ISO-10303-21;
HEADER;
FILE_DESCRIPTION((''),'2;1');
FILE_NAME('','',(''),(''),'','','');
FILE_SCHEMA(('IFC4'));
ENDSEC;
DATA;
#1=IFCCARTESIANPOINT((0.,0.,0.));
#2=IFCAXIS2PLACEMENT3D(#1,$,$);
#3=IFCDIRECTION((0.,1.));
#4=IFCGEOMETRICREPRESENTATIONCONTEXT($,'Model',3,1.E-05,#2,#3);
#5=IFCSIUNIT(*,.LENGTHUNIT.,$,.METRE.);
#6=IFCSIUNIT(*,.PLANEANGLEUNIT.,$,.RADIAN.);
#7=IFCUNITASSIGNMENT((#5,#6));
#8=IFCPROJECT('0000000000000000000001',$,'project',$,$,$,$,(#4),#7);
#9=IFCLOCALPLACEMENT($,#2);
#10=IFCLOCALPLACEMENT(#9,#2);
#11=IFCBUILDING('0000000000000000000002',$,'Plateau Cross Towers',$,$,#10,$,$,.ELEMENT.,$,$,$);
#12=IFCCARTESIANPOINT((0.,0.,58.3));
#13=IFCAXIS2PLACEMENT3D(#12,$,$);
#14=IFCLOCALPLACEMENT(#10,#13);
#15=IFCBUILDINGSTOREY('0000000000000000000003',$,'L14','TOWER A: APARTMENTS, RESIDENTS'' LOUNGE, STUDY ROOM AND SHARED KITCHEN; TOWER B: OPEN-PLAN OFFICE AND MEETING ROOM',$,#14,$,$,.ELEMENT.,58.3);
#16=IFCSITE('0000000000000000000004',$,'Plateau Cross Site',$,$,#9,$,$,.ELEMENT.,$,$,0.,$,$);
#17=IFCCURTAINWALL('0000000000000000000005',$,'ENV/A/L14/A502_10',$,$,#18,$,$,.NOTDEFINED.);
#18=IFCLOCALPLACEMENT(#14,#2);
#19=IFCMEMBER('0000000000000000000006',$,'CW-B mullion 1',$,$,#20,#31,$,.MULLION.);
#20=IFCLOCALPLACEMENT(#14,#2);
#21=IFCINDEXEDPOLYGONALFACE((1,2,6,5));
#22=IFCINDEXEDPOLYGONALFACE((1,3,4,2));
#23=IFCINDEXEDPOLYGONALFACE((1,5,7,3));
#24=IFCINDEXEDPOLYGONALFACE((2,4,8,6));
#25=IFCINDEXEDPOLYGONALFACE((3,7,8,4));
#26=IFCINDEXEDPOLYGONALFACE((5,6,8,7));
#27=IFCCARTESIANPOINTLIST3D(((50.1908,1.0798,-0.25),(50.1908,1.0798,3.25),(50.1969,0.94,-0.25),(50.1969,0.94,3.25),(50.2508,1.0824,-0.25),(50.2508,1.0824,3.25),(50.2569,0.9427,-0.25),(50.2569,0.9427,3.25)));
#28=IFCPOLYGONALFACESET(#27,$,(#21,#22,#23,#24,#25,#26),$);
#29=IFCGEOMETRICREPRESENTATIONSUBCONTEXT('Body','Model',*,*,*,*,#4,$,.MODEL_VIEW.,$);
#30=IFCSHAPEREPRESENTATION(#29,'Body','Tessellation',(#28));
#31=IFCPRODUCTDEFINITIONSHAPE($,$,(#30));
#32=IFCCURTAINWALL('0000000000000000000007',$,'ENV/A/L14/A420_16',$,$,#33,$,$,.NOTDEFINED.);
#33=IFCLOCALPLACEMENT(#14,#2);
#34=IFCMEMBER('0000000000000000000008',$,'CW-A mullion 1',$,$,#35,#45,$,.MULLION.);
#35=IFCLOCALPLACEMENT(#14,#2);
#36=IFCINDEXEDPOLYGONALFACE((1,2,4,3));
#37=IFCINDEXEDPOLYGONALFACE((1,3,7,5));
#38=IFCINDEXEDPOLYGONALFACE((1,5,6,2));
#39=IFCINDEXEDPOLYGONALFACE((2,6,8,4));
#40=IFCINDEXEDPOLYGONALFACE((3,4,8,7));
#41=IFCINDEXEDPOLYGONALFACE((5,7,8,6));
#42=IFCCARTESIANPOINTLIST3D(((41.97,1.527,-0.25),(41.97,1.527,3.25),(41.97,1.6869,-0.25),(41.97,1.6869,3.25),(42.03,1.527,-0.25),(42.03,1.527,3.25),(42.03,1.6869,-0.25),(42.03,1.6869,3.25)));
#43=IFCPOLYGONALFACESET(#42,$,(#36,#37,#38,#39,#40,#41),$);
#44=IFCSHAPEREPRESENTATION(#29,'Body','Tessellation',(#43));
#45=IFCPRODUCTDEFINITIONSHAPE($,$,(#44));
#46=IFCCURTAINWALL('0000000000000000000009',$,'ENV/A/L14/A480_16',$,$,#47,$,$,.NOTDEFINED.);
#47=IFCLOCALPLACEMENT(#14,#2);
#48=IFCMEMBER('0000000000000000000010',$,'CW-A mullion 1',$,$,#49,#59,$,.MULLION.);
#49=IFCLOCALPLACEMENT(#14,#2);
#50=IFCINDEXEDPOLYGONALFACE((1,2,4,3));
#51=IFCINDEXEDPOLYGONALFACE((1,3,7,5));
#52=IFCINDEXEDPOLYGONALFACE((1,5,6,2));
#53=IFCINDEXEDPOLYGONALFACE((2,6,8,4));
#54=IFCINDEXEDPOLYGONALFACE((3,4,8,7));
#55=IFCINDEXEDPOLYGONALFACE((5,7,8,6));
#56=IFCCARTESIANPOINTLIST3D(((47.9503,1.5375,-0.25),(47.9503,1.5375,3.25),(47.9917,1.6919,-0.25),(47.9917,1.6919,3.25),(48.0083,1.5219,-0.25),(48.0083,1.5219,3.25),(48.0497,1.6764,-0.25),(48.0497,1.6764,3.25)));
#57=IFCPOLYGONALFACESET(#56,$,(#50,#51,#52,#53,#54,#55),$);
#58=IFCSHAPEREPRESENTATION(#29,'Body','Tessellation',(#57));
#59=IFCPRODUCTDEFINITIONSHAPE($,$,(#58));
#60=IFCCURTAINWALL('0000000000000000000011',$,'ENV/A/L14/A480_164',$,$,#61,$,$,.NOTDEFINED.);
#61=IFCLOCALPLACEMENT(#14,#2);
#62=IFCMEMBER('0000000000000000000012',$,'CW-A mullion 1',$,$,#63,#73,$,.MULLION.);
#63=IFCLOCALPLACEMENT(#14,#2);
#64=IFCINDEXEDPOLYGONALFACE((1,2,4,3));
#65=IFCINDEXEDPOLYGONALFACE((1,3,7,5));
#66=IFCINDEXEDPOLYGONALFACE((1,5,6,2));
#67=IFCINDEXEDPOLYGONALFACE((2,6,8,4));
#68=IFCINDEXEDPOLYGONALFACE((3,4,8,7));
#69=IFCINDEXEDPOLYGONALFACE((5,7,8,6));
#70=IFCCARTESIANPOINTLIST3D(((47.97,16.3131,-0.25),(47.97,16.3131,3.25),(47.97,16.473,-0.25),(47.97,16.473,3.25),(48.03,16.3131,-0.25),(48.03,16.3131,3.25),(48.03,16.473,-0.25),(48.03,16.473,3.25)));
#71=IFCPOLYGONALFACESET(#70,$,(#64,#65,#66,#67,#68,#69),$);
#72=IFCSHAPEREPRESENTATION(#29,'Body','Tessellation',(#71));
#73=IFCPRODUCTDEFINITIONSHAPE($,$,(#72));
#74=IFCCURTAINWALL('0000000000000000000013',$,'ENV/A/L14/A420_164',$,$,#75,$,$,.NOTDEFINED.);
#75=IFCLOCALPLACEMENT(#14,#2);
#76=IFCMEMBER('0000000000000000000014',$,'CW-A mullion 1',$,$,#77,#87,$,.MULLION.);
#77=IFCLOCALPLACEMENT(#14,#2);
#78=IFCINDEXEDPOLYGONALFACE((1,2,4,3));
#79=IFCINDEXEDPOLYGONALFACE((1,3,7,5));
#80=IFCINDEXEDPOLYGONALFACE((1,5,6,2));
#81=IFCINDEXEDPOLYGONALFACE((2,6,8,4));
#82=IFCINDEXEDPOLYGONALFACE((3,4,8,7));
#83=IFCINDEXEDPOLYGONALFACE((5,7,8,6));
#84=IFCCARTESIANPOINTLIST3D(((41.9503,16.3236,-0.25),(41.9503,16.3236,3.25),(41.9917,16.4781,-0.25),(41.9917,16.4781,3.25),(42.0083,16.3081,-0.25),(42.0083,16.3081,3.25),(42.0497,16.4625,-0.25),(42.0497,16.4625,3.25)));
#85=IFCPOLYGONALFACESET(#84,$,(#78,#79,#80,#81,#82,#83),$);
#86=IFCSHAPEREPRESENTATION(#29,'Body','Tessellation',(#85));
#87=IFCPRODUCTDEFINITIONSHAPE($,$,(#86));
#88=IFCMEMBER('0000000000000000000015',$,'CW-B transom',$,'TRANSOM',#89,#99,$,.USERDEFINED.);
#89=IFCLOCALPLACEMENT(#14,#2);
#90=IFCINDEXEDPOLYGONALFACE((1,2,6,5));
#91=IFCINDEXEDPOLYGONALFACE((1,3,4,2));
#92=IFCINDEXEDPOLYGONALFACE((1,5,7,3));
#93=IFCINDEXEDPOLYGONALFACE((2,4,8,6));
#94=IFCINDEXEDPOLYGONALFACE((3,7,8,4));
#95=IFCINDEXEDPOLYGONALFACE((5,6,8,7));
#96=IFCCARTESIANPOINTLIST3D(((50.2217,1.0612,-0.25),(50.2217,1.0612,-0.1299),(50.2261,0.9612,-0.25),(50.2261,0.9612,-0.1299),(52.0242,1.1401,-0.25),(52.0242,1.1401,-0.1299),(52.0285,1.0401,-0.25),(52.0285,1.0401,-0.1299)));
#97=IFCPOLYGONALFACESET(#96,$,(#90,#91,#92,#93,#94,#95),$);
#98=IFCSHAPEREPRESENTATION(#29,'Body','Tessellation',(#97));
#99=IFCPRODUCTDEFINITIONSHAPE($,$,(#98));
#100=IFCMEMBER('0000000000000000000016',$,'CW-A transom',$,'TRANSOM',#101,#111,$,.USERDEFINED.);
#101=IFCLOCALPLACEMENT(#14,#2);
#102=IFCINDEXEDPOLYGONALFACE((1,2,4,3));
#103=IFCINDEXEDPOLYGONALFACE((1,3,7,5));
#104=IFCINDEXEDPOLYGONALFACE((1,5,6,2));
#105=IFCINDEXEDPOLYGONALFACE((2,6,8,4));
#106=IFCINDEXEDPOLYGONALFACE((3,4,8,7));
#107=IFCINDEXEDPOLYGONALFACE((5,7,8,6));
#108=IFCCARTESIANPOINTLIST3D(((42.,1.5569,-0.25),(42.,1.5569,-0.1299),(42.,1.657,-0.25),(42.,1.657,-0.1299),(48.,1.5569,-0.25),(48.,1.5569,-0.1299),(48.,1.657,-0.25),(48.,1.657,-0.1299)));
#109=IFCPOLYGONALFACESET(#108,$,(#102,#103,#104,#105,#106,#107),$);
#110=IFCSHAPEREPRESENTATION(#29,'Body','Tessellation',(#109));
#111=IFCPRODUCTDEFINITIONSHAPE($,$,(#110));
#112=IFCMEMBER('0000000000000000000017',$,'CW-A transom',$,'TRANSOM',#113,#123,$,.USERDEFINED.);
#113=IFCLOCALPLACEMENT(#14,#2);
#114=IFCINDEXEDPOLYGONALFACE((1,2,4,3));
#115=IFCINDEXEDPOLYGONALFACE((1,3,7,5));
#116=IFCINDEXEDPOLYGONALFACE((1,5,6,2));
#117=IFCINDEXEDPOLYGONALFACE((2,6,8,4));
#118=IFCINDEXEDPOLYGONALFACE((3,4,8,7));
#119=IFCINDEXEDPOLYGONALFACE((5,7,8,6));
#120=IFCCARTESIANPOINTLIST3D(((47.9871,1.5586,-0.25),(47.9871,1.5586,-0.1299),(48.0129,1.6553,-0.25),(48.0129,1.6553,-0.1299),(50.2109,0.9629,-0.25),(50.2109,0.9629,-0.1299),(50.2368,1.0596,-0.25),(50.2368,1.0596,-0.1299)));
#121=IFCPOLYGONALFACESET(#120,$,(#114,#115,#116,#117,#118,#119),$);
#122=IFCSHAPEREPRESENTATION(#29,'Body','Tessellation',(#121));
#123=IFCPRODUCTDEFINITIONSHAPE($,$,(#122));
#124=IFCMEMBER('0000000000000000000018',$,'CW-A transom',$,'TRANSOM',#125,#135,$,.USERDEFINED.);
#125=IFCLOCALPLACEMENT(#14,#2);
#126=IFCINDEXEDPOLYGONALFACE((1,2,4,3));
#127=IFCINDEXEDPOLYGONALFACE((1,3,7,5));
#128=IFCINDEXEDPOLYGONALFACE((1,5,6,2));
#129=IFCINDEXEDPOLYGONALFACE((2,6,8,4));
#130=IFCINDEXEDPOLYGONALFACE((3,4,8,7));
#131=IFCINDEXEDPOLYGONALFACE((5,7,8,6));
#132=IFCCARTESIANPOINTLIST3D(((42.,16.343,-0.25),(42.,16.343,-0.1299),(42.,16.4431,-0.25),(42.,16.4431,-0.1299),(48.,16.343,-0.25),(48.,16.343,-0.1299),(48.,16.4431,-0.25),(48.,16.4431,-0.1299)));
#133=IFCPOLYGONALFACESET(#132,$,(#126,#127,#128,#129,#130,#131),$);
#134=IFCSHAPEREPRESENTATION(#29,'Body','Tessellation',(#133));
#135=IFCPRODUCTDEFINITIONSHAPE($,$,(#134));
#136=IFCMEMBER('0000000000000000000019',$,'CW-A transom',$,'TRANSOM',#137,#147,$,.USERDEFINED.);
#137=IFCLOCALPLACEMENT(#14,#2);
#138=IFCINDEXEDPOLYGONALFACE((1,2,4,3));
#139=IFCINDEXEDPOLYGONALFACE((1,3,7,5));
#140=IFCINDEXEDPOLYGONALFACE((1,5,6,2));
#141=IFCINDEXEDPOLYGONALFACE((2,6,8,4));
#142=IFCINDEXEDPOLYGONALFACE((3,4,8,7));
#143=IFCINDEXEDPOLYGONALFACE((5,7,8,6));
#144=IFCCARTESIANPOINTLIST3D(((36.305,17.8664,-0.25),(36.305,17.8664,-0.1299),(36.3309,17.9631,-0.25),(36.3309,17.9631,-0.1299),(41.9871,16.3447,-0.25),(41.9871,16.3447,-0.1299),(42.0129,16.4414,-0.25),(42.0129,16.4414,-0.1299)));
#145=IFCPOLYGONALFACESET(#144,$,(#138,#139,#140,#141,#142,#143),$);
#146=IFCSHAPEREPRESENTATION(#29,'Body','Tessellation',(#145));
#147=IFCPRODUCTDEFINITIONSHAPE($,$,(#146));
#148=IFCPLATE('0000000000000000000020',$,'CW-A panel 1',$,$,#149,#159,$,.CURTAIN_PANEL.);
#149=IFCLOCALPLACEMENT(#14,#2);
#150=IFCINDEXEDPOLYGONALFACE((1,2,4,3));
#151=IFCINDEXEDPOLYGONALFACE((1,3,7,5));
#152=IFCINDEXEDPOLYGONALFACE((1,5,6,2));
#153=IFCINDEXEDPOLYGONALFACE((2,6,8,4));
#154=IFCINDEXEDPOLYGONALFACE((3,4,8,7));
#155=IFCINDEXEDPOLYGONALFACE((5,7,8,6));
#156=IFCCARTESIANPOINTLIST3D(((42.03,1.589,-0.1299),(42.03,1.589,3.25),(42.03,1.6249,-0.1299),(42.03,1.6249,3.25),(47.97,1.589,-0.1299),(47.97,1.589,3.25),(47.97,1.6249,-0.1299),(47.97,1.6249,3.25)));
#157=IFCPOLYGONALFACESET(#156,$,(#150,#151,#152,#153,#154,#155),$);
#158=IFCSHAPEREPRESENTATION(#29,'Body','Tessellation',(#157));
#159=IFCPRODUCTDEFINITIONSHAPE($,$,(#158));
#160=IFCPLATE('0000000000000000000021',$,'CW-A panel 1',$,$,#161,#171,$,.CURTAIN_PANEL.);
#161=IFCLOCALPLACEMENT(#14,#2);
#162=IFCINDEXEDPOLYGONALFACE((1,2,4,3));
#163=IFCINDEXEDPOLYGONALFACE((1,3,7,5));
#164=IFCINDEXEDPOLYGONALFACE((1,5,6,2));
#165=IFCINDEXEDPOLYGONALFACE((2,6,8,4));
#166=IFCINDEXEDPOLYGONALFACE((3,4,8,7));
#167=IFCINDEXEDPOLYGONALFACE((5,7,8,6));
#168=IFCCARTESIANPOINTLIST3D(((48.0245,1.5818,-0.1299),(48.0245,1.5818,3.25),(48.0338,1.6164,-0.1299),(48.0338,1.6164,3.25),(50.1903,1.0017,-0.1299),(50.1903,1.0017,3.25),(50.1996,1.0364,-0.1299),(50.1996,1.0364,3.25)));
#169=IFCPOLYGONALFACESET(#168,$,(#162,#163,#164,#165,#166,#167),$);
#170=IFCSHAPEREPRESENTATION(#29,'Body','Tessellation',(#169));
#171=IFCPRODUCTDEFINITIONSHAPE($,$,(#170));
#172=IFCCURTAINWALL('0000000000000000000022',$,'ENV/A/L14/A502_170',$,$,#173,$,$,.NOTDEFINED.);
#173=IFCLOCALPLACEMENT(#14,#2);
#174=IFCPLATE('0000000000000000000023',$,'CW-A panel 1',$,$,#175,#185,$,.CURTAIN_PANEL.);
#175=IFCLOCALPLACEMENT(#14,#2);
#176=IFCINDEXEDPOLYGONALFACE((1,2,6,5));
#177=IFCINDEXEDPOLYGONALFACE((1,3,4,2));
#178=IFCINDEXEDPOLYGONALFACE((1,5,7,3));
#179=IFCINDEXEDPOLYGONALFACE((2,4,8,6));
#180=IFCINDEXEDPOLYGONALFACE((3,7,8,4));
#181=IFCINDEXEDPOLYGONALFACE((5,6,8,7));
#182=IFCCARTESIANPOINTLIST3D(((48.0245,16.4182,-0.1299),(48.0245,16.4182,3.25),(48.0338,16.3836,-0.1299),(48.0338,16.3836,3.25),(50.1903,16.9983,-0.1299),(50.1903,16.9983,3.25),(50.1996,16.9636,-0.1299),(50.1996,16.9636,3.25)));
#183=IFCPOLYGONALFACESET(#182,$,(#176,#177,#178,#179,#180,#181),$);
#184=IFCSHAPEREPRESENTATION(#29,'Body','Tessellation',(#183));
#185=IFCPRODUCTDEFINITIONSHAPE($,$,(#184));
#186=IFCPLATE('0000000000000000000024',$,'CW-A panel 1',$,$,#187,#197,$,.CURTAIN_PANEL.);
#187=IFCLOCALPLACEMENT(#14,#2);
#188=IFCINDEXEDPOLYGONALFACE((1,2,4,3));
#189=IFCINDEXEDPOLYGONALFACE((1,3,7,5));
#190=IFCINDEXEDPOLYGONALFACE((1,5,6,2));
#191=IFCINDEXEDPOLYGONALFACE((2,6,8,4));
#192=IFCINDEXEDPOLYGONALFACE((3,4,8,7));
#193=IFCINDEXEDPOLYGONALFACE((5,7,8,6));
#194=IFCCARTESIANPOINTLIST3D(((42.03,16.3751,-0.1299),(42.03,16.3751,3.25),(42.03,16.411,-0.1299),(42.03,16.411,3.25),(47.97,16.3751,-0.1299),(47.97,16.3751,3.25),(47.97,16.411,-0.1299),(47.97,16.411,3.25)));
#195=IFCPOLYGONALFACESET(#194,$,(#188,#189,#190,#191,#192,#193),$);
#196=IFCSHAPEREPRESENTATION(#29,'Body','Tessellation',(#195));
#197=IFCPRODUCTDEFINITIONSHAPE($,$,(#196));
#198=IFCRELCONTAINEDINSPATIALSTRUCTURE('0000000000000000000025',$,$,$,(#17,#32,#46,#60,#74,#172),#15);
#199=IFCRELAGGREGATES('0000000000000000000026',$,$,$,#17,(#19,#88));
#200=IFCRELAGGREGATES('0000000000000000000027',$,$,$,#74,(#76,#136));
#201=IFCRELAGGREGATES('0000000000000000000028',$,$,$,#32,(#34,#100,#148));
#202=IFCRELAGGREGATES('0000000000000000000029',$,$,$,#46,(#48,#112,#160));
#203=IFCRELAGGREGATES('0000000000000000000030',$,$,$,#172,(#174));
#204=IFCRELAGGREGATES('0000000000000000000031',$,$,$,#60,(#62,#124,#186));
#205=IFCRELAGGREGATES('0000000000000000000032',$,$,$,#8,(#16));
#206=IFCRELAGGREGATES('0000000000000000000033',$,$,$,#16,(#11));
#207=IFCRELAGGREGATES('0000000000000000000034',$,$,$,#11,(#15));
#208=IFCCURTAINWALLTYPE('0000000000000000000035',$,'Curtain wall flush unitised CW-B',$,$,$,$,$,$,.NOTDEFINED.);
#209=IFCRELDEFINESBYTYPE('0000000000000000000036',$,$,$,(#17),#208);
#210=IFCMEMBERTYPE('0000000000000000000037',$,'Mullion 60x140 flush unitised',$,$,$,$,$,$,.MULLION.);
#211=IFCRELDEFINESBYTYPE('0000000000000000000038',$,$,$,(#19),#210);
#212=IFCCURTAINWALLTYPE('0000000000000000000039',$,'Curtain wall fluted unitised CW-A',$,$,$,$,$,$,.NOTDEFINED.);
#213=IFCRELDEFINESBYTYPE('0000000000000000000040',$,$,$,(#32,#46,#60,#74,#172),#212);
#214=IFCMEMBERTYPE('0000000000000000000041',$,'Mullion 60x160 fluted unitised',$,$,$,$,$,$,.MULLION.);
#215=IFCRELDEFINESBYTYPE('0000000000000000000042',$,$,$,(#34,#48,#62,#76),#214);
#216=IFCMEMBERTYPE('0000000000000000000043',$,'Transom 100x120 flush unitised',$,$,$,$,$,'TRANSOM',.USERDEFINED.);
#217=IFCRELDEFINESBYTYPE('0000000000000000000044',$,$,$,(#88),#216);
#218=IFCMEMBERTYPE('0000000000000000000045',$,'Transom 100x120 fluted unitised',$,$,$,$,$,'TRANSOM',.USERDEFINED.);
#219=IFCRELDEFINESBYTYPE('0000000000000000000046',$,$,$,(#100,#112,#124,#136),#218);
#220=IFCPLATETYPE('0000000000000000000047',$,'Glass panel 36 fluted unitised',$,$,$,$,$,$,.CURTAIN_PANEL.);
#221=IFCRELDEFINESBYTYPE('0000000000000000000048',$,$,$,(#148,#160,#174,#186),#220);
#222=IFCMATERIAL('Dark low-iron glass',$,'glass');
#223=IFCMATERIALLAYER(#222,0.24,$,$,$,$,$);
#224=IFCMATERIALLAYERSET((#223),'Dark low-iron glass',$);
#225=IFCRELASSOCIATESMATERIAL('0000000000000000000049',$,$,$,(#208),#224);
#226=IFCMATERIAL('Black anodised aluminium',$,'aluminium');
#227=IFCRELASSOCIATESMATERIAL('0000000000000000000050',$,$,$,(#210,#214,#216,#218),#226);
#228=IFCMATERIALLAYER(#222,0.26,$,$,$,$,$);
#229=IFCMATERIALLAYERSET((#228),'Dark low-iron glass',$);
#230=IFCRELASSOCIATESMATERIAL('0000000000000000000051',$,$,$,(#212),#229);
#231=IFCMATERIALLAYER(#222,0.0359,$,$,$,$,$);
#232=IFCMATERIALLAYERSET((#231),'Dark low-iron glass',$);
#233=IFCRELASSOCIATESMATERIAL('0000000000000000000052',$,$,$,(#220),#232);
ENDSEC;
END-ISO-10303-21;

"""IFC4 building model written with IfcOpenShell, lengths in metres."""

from ifc_helpers import new_model, si_unit, direction, frame, origin, origin_2d, place, context, subcontext, project, spatial, rectangle, extrude, material, layer, layer_set, material_profile, profile_set, type_object, element, aggregate, save


model = new_model("IFC4")

# Units and contexts
model_context = context("Model", 3, precision=1e-05, world=origin(), true_north=direction((0.0, 1.0)))
body_context = subcontext(model_context, "Body", "Model", "MODEL_VIEW")
ifc_project = project(units=[si_unit("LENGTHUNIT", "METRE"), si_unit("PLANEANGLEUNIT", "RADIAN")], contexts=[model_context])

# Site, building, storey
site_placement = place(None, origin())
site = spatial("IfcSite", under=ifc_project, at=site_placement, Name="Plateau Cross Site", CompositionType="ELEMENT", RefElevation=0.0)
building_placement = place(site_placement, origin())
building = spatial("IfcBuilding", under=site, at=building_placement, Name="Plateau Cross Towers", CompositionType="ELEMENT")
storey_placement = place(building_placement, frame((0.0, 0.0, 58.3)))
storey = spatial("IfcBuildingStorey", under=building, at=storey_placement, Name="L14", Description="TOWER A: APARTMENTS, RESIDENTS' LOUNGE, STUDY ROOM AND SHARED KITCHEN; TOWER B: OPEN-PLAN OFFICE AND MEETING ROOM", CompositionType="ELEMENT", Elevation=58.3)

# Curtain walls, members
ifc_material_1 = material(Name="Dark low-iron glass", Category="glass")
ifc_layer_1 = layer(ifc_material_1, 0.24)
ifc_layer_set_1 = layer_set([ifc_layer_1], Name="Dark low-iron glass")
curtain_wall_type_1 = type_object("IfcCurtainWallType", Name="Curtain wall flush unitised CW-B", PredefinedType="NOTDEFINED", material=ifc_layer_set_1)
curtain_wall_1_placement = place(storey_placement, origin())
curtain_wall_1 = element("IfcCurtainWall", 1, at=curtain_wall_1_placement, inside=storey, type_object=curtain_wall_type_1, Name="ENV/A/L14/A502_10", PredefinedType="NOTDEFINED")
ifc_material_2 = material(Name="Black anodised aluminium", Category="aluminium")
ifc_material_profile_1 = material_profile(ifc_material_2, rectangle(XDim=0.0601, YDim=0.1399, at=origin_2d()), Name="MULLION 60x140")
ifc_profile_set_1 = profile_set([ifc_material_profile_1], Name="Black anodised aluminium")
member_type_1 = type_object("IfcMemberType", Name="Mullion 60x140 flush unitised", PredefinedType="MULLION", material=ifc_profile_set_1)
member_1_placement = place(storey_placement, frame((50.2239, 1.0112, -0.25), z_axis=(0.0, 0.0, 1.0), x_axis=(0.999044, 0.043723, 0.0)))
member_1 = element("IfcMember", 2, at=member_1_placement, type_object=member_type_1, Name="CW-B mullion 1", PredefinedType="MULLION", context=body_context, shape_type="SweptSolid", body=[
    extrude(rectangle(XDim=0.0601, YDim=0.1399, at=origin_2d()), origin(), (0.0, 0.0, 1.0), 3.5),
])
ifc_layer_2 = layer(ifc_material_1, 0.26)
ifc_layer_set_2 = layer_set([ifc_layer_2], Name="Dark low-iron glass")
curtain_wall_type_2 = type_object("IfcCurtainWallType", Name="Curtain wall fluted unitised CW-A", PredefinedType="NOTDEFINED", material=ifc_layer_set_2)
curtain_wall_2_placement = place(storey_placement, origin())
curtain_wall_2 = element("IfcCurtainWall", 3, at=curtain_wall_2_placement, inside=storey, type_object=curtain_wall_type_2, Name="ENV/A/L14/A420_16", PredefinedType="NOTDEFINED")
ifc_material_profile_2 = material_profile(ifc_material_2, rectangle(XDim=0.0601, YDim=0.1599, at=origin_2d()), Name="MULLION 60x160")
ifc_profile_set_2 = profile_set([ifc_material_profile_2], Name="Black anodised aluminium")
member_type_2 = type_object("IfcMemberType", Name="Mullion 60x160 fluted unitised", PredefinedType="MULLION", material=ifc_profile_set_2)
member_2_placement = place(storey_placement, frame((42.0, 1.6069, -0.25), z_axis=(0.0, 0.0, 1.0), x_axis=(1.0, 0.0, 0.0)))
member_2 = element("IfcMember", 4, at=member_2_placement, type_object=member_type_2, Name="CW-A mullion 1", PredefinedType="MULLION", context=body_context, shape_type="SweptSolid", body=[
    extrude(rectangle(XDim=0.0601, YDim=0.1599, at=origin_2d()), origin(), (0.0, 0.0, 1.0), 3.5),
])
curtain_wall_3_placement = place(storey_placement, origin())
curtain_wall_3 = element("IfcCurtainWall", 5, at=curtain_wall_3_placement, inside=storey, type_object=curtain_wall_type_2, Name="ENV/A/L14/A480_16", PredefinedType="NOTDEFINED")
member_3_placement = place(storey_placement, frame((48.0, 1.6069, -0.25), z_axis=(0.0, 0.0, 1.0), x_axis=(0.965958, -0.258699, 0.0)))
member_3 = element("IfcMember", 6, at=member_3_placement, type_object=member_type_2, Name="CW-A mullion 1", PredefinedType="MULLION", context=body_context, shape_type="SweptSolid", body=[
    extrude(rectangle(XDim=0.0601, YDim=0.1599, at=origin_2d()), origin(), (0.0, 0.0, 1.0), 3.5),
])
curtain_wall_4_placement = place(storey_placement, origin())
curtain_wall_4 = element("IfcCurtainWall", 7, at=curtain_wall_4_placement, inside=storey, type_object=curtain_wall_type_2, Name="ENV/A/L14/A480_164", PredefinedType="NOTDEFINED")
member_4_placement = place(storey_placement, frame((48.0, 16.3931, -0.25), z_axis=(0.0, 0.0, 1.0), x_axis=(-1.0, 0.0, 0.0)))
member_4 = element("IfcMember", 8, at=member_4_placement, type_object=member_type_2, Name="CW-A mullion 1", PredefinedType="MULLION", context=body_context, shape_type="SweptSolid", body=[
    extrude(rectangle(XDim=0.0601, YDim=0.1599, at=origin_2d()), origin(), (0.0, 0.0, 1.0), 3.5),
])
curtain_wall_5_placement = place(storey_placement, origin())
curtain_wall_5 = element("IfcCurtainWall", 9, at=curtain_wall_5_placement, inside=storey, type_object=curtain_wall_type_2, Name="ENV/A/L14/A420_164", PredefinedType="NOTDEFINED")
member_5_placement = place(storey_placement, frame((42.0, 16.3931, -0.25), z_axis=(0.0, 0.0, 1.0), x_axis=(-0.965958, 0.258699, 0.0)))
member_5 = element("IfcMember", 10, at=member_5_placement, type_object=member_type_2, Name="CW-A mullion 1", PredefinedType="MULLION", context=body_context, shape_type="SweptSolid", body=[
    extrude(rectangle(XDim=0.0601, YDim=0.1599, at=origin_2d()), origin(), (0.0, 0.0, 1.0), 3.5),
])

# Members
ifc_material_profile_3 = material_profile(ifc_material_2, rectangle(XDim=0.1001, YDim=0.1201, at=origin_2d()), Name="TRANSOM 100x120")
ifc_profile_set_3 = profile_set([ifc_material_profile_3], Name="Black anodised aluminium")
member_type_3 = type_object("IfcMemberType", Name="Transom 100x120 flush unitised", ElementType="TRANSOM", PredefinedType="USERDEFINED", material=ifc_profile_set_3)
member_6_placement = place(storey_placement, frame((50.2239, 1.0112, -0.1899), z_axis=(0.999044, 0.043707, 0.0), x_axis=(-0.043707, 0.999044, 0.0)))
member_6 = element("IfcMember", 11, at=member_6_placement, type_object=member_type_3, Name="CW-B transom", ObjectType="TRANSOM", PredefinedType="USERDEFINED", context=body_context, shape_type="SweptSolid", body=[
    extrude(rectangle(XDim=0.1001, YDim=0.1201, at=origin_2d()), origin(), (0.0, 0.0, 1.0), 1.8042),
])
aggregate(curtain_wall_1, [member_1, member_6])
ifc_material_profile_4 = material_profile(ifc_material_2, rectangle(XDim=0.1001, YDim=0.1201, at=origin_2d()), Name="TRANSOM 100x120")
ifc_profile_set_4 = profile_set([ifc_material_profile_4], Name="Black anodised aluminium")
member_type_4 = type_object("IfcMemberType", Name="Transom 100x120 fluted unitised", ElementType="TRANSOM", PredefinedType="USERDEFINED", material=ifc_profile_set_4)
member_7_placement = place(storey_placement, frame((42.0, 1.6069, -0.1899), z_axis=(1.0, 0.0, 0.0), x_axis=(0.0, 1.0, 0.0)))
member_7 = element("IfcMember", 12, at=member_7_placement, type_object=member_type_4, Name="CW-A transom", ObjectType="TRANSOM", PredefinedType="USERDEFINED", context=body_context, shape_type="SweptSolid", body=[
    extrude(rectangle(XDim=0.1001, YDim=0.1201, at=origin_2d()), origin(), (0.0, 0.0, 1.0), 6.0),
])
member_8_placement = place(storey_placement, frame((48.0, 1.6069, -0.1899), z_axis=(0.965946, -0.258745, 0.0), x_axis=(0.258745, 0.965946, 0.0)))
member_8 = element("IfcMember", 13, at=member_8_placement, type_object=member_type_4, Name="CW-A transom", ObjectType="TRANSOM", PredefinedType="USERDEFINED", context=body_context, shape_type="SweptSolid", body=[
    extrude(rectangle(XDim=0.1001, YDim=0.1201, at=origin_2d()), origin(), (0.0, 0.0, 1.0), 2.3022),
])
member_9_placement = place(storey_placement, frame((48.0, 16.3931, -0.1899), z_axis=(-1.0, 0.0, 0.0), x_axis=(0.0, -1.0, 0.0)))
member_9 = element("IfcMember", 14, at=member_9_placement, type_object=member_type_4, Name="CW-A transom", ObjectType="TRANSOM", PredefinedType="USERDEFINED", context=body_context, shape_type="SweptSolid", body=[
    extrude(rectangle(XDim=0.1001, YDim=0.1201, at=origin_2d()), origin(), (0.0, 0.0, 1.0), 6.0),
])
member_10_placement = place(storey_placement, frame((42.0, 16.3931, -0.1899), z_axis=(-0.96596, 0.258693, 0.0), x_axis=(-0.258693, -0.96596, 0.0)))
member_10 = element("IfcMember", 15, at=member_10_placement, type_object=member_type_4, Name="CW-A transom", ObjectType="TRANSOM", PredefinedType="USERDEFINED", context=body_context, shape_type="SweptSolid", body=[
    extrude(rectangle(XDim=0.1001, YDim=0.1201, at=origin_2d()), origin(), (0.0, 0.0, 1.0), 5.8823),
])
aggregate(curtain_wall_5, [member_5, member_10])

# Plates
ifc_layer_3 = layer(ifc_material_1, 0.0359)
ifc_layer_set_3 = layer_set([ifc_layer_3], Name="Dark low-iron glass")
plate_type = type_object("IfcPlateType", Name="Glass panel 36 fluted unitised", PredefinedType="CURTAIN_PANEL", material=ifc_layer_set_3)
plate_1_placement = place(storey_placement, frame((45.0, 1.6069, -0.1299), z_axis=(0.0, 0.0, 1.0), x_axis=(1.0, 0.0, 0.0)))
plate_1 = element("IfcPlate", 16, at=plate_1_placement, type_object=plate_type, Name="CW-A panel 1", PredefinedType="CURTAIN_PANEL", context=body_context, shape_type="SweptSolid", body=[
    extrude(rectangle(XDim=5.9399, YDim=0.0359, at=origin_2d()), origin(), (0.0, 0.0, 1.0), 3.3799),
])
aggregate(curtain_wall_2, [member_2, member_7, plate_1])
plate_2_placement = place(storey_placement, frame((49.1121, 1.3091, -0.1299), z_axis=(0.0, 0.0, 1.0), x_axis=(0.965958, -0.258699, 0.0)))
plate_2 = element("IfcPlate", 17, at=plate_2_placement, type_object=plate_type, Name="CW-A panel 1", PredefinedType="CURTAIN_PANEL", context=body_context, shape_type="SweptSolid", body=[
    extrude(rectangle(XDim=2.2422, YDim=0.0359, at=origin_2d()), origin(), (0.0, 0.0, 1.0), 3.3799),
])
aggregate(curtain_wall_3, [member_3, member_8, plate_2])

# Curtain wall, plate
curtain_wall_6_placement = place(storey_placement, origin())
curtain_wall_6 = element("IfcCurtainWall", 18, at=curtain_wall_6_placement, inside=storey, type_object=curtain_wall_type_2, Name="ENV/A/L14/A502_170", PredefinedType="NOTDEFINED")
plate_3_placement = place(storey_placement, frame((49.1121, 16.6909, -0.1299), z_axis=(0.0, 0.0, 1.0), x_axis=(-0.965958, -0.258699, 0.0)))
plate_3 = element("IfcPlate", 19, at=plate_3_placement, type_object=plate_type, Name="CW-A panel 1", PredefinedType="CURTAIN_PANEL", context=body_context, shape_type="SweptSolid", body=[
    extrude(rectangle(XDim=2.2422, YDim=0.0359, at=origin_2d()), origin(), (0.0, 0.0, 1.0), 3.3799),
])
aggregate(curtain_wall_6, [plate_3])

# Plate
plate_4_placement = place(storey_placement, frame((45.0, 16.3931, -0.1299), z_axis=(0.0, 0.0, 1.0), x_axis=(-1.0, 0.0, 0.0)))
plate_4 = element("IfcPlate", 20, at=plate_4_placement, type_object=plate_type, Name="CW-A panel 1", PredefinedType="CURTAIN_PANEL", context=body_context, shape_type="SweptSolid", body=[
    extrude(rectangle(XDim=5.9399, YDim=0.0359, at=origin_2d()), origin(), (0.0, 0.0, 1.0), 3.3799),
])
aggregate(curtain_wall_4, [member_4, member_9, plate_4])

save(model, "model.ifc")
